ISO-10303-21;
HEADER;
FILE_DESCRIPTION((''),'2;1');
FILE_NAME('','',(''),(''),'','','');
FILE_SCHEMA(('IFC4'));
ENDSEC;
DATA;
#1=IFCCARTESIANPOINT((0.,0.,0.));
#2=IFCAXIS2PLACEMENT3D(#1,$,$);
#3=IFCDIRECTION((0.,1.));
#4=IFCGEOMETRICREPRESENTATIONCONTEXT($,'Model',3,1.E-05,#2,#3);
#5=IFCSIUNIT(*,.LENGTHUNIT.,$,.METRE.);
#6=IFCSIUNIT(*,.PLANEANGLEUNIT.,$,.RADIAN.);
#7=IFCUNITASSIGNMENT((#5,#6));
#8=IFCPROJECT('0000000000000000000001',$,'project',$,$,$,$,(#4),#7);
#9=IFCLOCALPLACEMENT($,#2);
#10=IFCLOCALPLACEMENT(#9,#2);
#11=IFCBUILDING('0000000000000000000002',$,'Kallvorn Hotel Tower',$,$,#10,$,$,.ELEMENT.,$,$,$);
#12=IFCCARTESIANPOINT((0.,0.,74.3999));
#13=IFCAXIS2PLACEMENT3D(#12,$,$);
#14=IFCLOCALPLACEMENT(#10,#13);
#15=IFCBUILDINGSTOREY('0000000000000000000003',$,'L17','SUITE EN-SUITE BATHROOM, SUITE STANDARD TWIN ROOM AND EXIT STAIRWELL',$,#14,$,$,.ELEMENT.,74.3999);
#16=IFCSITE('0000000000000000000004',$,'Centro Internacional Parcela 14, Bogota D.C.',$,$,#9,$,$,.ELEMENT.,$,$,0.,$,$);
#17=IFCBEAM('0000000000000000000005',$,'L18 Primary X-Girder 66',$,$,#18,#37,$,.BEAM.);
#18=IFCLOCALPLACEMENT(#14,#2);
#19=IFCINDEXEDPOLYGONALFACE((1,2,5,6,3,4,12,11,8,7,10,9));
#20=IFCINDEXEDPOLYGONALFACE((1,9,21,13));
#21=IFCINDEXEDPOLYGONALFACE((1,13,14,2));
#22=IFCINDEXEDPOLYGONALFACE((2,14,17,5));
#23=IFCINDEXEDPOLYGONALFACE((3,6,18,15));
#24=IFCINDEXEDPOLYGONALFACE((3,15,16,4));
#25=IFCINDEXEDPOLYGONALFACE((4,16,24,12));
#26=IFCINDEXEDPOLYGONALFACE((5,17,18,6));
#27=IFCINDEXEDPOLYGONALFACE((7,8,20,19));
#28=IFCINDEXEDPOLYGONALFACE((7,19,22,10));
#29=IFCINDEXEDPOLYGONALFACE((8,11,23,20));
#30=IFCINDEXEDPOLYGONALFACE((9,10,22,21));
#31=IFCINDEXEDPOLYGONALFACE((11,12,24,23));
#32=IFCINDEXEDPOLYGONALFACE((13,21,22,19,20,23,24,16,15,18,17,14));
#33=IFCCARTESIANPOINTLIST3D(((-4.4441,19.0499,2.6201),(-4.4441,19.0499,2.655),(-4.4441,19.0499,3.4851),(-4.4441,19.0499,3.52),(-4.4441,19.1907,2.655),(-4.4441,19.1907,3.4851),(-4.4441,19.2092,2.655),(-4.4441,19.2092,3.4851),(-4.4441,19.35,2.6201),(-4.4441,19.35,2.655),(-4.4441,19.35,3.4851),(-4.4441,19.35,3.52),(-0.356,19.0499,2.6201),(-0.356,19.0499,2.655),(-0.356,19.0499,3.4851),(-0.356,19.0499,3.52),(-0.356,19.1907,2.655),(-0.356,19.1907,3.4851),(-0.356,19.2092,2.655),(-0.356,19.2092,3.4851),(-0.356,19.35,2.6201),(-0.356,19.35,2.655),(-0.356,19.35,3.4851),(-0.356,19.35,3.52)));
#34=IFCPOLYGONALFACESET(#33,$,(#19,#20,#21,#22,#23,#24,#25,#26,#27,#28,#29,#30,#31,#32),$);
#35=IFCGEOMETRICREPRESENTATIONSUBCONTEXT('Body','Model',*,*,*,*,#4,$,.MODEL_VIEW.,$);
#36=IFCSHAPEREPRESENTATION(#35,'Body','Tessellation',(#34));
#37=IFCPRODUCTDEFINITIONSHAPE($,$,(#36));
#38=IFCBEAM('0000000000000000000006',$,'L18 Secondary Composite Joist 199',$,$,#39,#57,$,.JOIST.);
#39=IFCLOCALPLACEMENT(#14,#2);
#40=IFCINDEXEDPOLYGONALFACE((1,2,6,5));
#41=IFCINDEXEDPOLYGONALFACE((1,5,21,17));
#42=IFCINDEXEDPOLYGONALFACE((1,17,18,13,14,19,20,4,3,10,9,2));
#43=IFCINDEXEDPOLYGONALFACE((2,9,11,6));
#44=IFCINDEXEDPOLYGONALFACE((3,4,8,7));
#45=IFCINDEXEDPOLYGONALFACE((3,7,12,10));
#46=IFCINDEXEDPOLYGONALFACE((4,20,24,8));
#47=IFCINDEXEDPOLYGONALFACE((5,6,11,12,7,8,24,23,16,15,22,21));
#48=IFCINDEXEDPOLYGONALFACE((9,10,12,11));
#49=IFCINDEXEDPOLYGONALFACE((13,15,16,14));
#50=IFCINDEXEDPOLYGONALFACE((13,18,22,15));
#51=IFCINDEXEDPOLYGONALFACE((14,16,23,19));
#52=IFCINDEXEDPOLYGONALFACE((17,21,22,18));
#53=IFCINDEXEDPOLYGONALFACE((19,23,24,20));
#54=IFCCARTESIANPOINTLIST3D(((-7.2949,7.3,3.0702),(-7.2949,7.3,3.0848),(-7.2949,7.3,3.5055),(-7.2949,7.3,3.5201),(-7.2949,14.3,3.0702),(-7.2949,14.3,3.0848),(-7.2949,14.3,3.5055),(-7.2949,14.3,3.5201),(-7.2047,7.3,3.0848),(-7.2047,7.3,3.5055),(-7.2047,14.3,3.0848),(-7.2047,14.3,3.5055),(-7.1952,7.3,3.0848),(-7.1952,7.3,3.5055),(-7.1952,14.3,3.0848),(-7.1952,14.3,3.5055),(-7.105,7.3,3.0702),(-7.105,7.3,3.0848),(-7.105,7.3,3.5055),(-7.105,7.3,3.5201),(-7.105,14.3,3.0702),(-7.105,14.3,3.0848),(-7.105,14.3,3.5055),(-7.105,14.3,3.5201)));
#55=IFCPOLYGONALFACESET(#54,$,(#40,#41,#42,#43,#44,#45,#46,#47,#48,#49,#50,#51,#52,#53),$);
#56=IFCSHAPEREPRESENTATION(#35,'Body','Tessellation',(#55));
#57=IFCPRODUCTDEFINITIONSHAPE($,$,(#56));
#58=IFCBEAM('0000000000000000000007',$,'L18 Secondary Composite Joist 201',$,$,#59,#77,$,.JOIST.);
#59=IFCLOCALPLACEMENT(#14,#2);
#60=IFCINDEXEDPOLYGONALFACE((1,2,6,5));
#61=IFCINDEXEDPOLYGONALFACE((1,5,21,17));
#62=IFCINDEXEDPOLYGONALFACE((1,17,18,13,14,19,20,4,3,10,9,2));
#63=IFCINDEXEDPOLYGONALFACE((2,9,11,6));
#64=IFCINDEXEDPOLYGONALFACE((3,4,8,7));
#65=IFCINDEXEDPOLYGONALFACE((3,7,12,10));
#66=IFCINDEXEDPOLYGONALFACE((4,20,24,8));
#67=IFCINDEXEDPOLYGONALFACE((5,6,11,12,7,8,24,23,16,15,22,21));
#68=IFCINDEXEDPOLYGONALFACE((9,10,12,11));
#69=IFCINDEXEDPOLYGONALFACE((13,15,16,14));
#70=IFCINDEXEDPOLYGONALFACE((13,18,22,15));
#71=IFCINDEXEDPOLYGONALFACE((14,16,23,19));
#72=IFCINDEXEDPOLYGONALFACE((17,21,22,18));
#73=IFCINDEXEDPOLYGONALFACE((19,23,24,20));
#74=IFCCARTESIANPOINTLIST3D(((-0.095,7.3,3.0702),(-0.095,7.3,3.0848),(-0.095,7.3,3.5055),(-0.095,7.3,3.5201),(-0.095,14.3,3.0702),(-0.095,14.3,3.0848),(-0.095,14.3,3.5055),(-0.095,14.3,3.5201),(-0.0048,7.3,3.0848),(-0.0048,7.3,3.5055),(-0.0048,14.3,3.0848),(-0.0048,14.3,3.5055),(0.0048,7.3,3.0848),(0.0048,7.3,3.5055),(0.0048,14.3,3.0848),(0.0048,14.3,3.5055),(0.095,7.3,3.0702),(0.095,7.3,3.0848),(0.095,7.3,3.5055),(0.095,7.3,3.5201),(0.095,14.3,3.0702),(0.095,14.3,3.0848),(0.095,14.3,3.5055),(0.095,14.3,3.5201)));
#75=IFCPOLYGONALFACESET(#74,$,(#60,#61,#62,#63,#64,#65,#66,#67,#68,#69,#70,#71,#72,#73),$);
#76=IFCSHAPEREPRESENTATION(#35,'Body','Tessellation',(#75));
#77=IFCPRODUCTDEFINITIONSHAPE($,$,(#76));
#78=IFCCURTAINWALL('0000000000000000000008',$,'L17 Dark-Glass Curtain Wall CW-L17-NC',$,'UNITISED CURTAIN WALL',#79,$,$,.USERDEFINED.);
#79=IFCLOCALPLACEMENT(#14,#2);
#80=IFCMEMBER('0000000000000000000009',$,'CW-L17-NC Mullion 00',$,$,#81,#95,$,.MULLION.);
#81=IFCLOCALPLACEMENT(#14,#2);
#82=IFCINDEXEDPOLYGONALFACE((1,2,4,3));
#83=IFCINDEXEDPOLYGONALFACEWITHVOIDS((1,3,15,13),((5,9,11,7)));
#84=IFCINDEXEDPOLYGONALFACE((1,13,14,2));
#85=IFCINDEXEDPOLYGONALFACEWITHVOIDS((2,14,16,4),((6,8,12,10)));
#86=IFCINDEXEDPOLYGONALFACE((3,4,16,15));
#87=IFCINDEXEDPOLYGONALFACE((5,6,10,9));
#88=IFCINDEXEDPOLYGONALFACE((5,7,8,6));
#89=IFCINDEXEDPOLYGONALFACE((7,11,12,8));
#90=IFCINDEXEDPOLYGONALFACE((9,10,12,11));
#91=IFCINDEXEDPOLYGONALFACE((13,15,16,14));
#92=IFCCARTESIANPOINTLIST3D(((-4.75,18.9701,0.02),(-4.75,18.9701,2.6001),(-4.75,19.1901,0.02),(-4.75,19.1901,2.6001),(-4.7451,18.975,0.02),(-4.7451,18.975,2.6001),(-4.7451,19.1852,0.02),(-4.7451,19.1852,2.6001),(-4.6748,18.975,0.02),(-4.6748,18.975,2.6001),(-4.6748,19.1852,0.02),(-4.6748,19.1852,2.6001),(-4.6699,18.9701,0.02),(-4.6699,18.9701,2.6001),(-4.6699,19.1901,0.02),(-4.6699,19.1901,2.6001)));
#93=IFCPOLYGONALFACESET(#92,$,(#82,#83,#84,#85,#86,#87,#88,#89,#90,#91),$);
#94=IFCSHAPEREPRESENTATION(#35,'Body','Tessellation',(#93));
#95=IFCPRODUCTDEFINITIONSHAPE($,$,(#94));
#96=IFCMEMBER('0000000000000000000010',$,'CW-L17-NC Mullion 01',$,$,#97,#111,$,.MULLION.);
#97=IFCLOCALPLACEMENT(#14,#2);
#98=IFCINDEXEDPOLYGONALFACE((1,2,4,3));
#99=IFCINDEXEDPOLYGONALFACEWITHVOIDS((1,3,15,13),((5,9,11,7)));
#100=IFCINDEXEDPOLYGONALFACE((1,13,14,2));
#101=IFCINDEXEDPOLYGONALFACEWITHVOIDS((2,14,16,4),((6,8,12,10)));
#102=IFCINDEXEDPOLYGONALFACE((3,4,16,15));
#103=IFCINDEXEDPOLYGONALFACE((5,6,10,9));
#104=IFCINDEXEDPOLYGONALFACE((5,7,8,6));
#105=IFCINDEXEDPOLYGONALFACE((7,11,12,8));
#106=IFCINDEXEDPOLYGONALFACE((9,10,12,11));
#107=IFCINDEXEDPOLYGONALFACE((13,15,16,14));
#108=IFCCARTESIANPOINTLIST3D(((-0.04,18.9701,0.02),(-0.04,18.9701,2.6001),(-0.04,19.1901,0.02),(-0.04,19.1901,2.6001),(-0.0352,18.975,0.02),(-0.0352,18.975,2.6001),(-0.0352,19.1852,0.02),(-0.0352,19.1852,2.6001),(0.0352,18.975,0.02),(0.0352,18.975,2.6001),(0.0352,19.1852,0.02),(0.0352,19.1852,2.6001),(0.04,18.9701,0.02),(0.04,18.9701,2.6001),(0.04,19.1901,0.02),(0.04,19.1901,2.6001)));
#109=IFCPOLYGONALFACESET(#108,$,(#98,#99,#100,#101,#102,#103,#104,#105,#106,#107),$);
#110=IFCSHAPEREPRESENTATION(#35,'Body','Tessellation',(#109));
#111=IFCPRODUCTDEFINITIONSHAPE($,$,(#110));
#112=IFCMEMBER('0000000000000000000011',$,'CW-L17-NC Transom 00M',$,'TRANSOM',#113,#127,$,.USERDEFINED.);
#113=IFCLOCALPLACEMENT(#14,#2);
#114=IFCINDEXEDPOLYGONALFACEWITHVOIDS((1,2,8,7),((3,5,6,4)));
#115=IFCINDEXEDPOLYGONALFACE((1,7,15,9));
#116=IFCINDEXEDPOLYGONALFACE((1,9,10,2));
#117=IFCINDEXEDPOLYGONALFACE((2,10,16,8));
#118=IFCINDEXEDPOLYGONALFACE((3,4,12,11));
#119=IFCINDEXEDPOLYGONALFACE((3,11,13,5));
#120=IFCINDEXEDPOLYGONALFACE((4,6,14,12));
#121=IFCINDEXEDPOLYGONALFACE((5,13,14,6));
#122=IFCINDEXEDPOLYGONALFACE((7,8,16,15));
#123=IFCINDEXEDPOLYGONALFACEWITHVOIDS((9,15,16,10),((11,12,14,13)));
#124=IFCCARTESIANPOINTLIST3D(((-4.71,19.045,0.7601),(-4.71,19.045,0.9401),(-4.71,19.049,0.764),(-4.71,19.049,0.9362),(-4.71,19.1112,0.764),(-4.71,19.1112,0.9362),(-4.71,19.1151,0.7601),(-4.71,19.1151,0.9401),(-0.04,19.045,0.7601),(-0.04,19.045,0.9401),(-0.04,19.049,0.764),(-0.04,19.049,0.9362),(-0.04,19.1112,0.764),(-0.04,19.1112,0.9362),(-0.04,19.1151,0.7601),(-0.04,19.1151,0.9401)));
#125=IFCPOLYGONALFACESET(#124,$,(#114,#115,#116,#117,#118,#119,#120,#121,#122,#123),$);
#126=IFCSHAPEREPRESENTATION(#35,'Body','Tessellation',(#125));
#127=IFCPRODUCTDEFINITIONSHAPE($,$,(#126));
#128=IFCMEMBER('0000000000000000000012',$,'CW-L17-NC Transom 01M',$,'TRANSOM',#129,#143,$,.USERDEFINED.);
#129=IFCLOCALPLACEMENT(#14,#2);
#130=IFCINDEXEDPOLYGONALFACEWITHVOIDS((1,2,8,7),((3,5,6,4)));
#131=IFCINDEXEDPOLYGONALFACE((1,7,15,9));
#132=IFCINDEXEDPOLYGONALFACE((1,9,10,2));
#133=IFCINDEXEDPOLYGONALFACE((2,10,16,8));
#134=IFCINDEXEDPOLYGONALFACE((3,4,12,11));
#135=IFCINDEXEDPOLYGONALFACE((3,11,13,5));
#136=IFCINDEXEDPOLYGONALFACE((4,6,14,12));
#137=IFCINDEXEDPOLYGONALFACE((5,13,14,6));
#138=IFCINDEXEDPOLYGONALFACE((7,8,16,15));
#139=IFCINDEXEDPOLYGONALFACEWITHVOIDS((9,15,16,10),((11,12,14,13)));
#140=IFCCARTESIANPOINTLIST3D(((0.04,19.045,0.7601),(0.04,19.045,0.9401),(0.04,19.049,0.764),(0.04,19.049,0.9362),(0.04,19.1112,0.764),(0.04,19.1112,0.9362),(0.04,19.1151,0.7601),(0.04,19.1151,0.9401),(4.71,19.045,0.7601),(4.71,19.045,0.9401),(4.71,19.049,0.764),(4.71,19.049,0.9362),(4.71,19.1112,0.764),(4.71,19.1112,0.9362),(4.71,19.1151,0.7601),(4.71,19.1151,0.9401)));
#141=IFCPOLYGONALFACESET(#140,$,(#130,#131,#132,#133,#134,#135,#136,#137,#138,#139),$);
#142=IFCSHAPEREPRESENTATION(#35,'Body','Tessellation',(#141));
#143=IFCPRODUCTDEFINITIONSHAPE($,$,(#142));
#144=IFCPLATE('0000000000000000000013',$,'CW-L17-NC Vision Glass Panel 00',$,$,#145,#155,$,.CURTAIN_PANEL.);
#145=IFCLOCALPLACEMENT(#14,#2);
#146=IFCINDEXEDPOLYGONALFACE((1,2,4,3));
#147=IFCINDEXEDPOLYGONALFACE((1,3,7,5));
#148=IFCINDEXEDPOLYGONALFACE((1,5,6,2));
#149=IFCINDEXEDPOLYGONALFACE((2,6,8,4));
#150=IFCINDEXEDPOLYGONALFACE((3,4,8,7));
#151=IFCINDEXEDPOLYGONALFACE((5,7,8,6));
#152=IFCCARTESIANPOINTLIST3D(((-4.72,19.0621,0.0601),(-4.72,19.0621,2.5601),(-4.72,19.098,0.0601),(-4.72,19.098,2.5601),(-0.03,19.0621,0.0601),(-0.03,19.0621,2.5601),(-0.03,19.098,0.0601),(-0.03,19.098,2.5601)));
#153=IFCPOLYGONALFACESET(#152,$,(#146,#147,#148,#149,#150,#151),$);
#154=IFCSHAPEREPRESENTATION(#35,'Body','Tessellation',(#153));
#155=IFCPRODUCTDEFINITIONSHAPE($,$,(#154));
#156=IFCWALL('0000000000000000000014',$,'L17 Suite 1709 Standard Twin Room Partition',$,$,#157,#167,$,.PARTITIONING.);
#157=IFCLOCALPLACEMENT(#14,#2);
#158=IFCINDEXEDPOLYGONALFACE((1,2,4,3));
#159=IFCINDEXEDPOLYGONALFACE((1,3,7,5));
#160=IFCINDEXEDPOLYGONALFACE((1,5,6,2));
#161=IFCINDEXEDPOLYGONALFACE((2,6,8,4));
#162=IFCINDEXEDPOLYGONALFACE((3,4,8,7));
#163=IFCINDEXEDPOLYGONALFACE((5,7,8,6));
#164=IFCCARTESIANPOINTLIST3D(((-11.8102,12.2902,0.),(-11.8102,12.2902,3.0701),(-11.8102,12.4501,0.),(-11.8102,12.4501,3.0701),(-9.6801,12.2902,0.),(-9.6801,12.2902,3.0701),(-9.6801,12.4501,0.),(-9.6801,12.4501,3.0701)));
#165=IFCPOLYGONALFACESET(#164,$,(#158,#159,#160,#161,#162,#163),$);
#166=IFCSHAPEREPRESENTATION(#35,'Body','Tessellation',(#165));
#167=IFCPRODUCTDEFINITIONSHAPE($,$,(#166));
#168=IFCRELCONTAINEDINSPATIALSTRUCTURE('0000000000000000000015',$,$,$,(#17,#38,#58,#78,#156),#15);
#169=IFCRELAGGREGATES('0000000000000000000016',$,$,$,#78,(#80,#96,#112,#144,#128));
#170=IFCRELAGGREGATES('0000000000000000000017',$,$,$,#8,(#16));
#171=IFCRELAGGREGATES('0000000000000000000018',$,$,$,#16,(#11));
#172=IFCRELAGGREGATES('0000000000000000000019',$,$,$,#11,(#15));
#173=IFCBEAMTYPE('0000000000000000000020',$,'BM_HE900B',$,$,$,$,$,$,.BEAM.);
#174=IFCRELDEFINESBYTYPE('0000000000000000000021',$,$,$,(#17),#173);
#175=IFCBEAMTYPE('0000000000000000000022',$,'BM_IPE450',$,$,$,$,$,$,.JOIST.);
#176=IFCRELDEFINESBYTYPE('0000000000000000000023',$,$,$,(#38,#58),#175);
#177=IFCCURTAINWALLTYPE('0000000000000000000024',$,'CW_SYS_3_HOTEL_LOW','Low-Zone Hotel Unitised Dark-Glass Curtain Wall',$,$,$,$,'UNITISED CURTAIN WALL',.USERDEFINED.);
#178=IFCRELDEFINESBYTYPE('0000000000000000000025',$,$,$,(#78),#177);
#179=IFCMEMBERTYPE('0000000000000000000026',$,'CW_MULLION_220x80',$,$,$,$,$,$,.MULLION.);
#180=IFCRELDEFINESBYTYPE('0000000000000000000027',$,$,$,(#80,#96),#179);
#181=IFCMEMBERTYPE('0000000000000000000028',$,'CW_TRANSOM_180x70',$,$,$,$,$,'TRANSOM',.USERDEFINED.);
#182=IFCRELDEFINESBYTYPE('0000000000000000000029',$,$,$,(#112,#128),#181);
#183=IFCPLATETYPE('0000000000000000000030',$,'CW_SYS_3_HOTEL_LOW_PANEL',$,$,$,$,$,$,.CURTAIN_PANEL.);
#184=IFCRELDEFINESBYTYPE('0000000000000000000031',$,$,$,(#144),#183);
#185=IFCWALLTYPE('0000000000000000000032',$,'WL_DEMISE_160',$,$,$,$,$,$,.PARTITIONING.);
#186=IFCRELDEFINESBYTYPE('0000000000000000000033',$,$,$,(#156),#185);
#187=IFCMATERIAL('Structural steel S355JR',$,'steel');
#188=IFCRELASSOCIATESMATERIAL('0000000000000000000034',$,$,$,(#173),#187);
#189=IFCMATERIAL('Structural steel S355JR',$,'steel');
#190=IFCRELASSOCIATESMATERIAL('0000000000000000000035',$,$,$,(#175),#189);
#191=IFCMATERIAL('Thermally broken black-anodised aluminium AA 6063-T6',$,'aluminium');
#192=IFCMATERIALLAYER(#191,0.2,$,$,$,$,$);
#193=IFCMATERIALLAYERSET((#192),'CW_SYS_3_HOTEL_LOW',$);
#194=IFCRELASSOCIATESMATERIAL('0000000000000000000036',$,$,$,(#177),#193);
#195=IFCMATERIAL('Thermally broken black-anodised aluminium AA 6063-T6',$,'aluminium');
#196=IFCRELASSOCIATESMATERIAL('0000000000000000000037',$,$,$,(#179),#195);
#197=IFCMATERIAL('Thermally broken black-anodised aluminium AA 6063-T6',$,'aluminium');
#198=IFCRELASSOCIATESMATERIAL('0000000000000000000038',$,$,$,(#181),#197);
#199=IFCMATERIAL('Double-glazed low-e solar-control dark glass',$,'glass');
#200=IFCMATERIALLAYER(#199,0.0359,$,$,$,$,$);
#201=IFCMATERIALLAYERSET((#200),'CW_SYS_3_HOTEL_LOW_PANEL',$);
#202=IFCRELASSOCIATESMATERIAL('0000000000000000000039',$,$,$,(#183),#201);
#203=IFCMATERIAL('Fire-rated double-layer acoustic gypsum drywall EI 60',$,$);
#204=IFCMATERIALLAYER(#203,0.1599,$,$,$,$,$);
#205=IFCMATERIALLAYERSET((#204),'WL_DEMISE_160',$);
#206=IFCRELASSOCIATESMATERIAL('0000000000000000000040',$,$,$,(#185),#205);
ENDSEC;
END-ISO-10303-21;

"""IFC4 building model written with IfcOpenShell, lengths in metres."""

from ifc_helpers import new_model, si_unit, direction, frame, frame_2d, origin, origin_2d, place, context, subcontext, project, spatial, rectangle, hollow_rectangle, i_section, extrude, material, layer, layer_set, material_profile, profile_set, type_object, element, aggregate, save


model = new_model("IFC4")

# Units and contexts
model_context = context("Model", 3, precision=1e-05, world=origin(), true_north=direction((0.0, 1.0)))
body_context = subcontext(model_context, "Body", "Model", "MODEL_VIEW")
ifc_project = project(units=[si_unit("LENGTHUNIT", "METRE"), si_unit("PLANEANGLEUNIT", "RADIAN")], contexts=[model_context])

# Site, building, storey
site_placement = place(None, origin())
site = spatial("IfcSite", under=ifc_project, at=site_placement, Name="Centro Internacional Parcela 14, Bogota D.C.", CompositionType="ELEMENT", RefElevation=0.0)
building_placement = place(site_placement, origin())
building = spatial("IfcBuilding", under=site, at=building_placement, Name="Kallvorn Hotel Tower", CompositionType="ELEMENT")
storey_placement = place(building_placement, frame((0.0, 0.0, 74.3999)))
storey = spatial("IfcBuildingStorey", under=building, at=storey_placement, Name="L17", Description="SUITE EN-SUITE BATHROOM, SUITE STANDARD TWIN ROOM AND EXIT STAIRWELL", CompositionType="ELEMENT", Elevation=74.3999)

# Beams
ifc_material_1 = material(Name="Structural steel S355JR", Category="steel")
ifc_material_profile_1 = material_profile(ifc_material_1, i_section(OverallWidth=0.3, OverallDepth=0.8999, WebThickness=0.0186, FlangeThickness=0.0349, at=origin_2d()), Name="HE 900 B")
ifc_profile_set_1 = profile_set([ifc_material_profile_1], Name="Structural steel S355JR")
beam_type_1 = type_object("IfcBeamType", Name="BM_HE900B", PredefinedType="BEAM", material=ifc_profile_set_1)
beam_1_placement = place(storey_placement, frame((-4.4441, 19.2, 3.0701), z_axis=(1.0, 0.0, 0.0), x_axis=(0.0, 1.0, 0.0)))
element("IfcBeam", 1, at=beam_1_placement, inside=storey, type_object=beam_type_1, Name="L18 Primary X-Girder 66", PredefinedType="BEAM", context=body_context, shape_type="SweptSolid", body=[
    extrude(i_section(OverallWidth=0.3, OverallDepth=0.8999, WebThickness=0.0186, FlangeThickness=0.0349, at=origin_2d()), origin(), (0.0, 0.0, 1.0), 4.0881),
])
ifc_material_2 = material(Name="Structural steel S355JR", Category="steel")
ifc_material_profile_2 = material_profile(ifc_material_2, i_section(OverallWidth=0.1899, OverallDepth=0.45, WebThickness=0.0095, FlangeThickness=0.0146, at=origin_2d()), Name="IPE 450")
ifc_profile_set_2 = profile_set([ifc_material_profile_2], Name="Structural steel S355JR")
beam_type_2 = type_object("IfcBeamType", Name="BM_IPE450", PredefinedType="JOIST", material=ifc_profile_set_2)
for number, where, z_axis, x_axis, name in (
    (2, (-7.2, 7.3, 3.2952), (0.0, 1.0, 0.0), (-1.0, 0.0, 0.0), "L18 Secondary Composite Joist 199"),
    (3, (0.0, 7.3, 3.2952), (0.0, 1.0, 0.0), (-1.0, 0.0, 0.0), "L18 Secondary Composite Joist 201"),
):
    element("IfcBeam", number, at=place(storey_placement, frame(where, z_axis=z_axis, x_axis=x_axis)), inside=storey, type_object=beam_type_2, Name=name, PredefinedType="JOIST", context=body_context, shape_type="SweptSolid", body=[
        extrude(i_section(OverallWidth=0.1899, OverallDepth=0.45, WebThickness=0.0095, FlangeThickness=0.0146, at=origin_2d()), origin(), (0.0, 0.0, 1.0), 7.0),
    ])

# Curtain wall, members, plate
ifc_material_3 = material(Name="Thermally broken black-anodised aluminium AA 6063-T6", Category="aluminium")
ifc_layer_1 = layer(ifc_material_3, 0.2)
ifc_layer_set_1 = layer_set([ifc_layer_1], Name="CW_SYS_3_HOTEL_LOW")
curtain_wall_type = type_object("IfcCurtainWallType", Name="CW_SYS_3_HOTEL_LOW", Description="Low-Zone Hotel Unitised Dark-Glass Curtain Wall", ElementType="UNITISED CURTAIN WALL", PredefinedType="USERDEFINED", material=ifc_layer_set_1)
curtain_wall_placement = place(storey_placement, origin())
curtain_wall = element("IfcCurtainWall", 4, at=curtain_wall_placement, inside=storey, type_object=curtain_wall_type, Name="L17 Dark-Glass Curtain Wall CW-L17-NC", ObjectType="UNITISED CURTAIN WALL", PredefinedType="USERDEFINED")
ifc_material_4 = material(Name="Thermally broken black-anodised aluminium AA 6063-T6", Category="aluminium")
ifc_material_profile_3 = material_profile(ifc_material_4, hollow_rectangle(XDim=0.0801, YDim=0.22, WallThickness=0.0049, at=origin_2d()), Name="MUL 220x80")
ifc_profile_set_3 = profile_set([ifc_material_profile_3], Name="Thermally broken black-anodised aluminium AA 6063-T6")
member_type_1 = type_object("IfcMemberType", Name="CW_MULLION_220x80", PredefinedType="MULLION", material=ifc_profile_set_3)
member_1_placement = place(storey_placement, frame((-4.71, 19.0801, 0.02), z_axis=(0.0, 0.0, 1.0), x_axis=(1.0, 0.0, 0.0)))
member_1 = element("IfcMember", 5, at=member_1_placement, type_object=member_type_1, Name="CW-L17-NC Mullion 00", PredefinedType="MULLION", context=body_context, shape_type="SweptSolid", body=[
    extrude(hollow_rectangle(XDim=0.0801, YDim=0.22, WallThickness=0.0049, at=origin_2d()), origin(), (0.0, 0.0, 1.0), 2.5801),
])
member_2_placement = place(storey_placement, frame((0.0, 19.0801, 0.02), z_axis=(0.0, 0.0, 1.0), x_axis=(1.0, 0.0, 0.0)))
member_2 = element("IfcMember", 6, at=member_2_placement, type_object=member_type_1, Name="CW-L17-NC Mullion 01", PredefinedType="MULLION", context=body_context, shape_type="SweptSolid", body=[
    extrude(hollow_rectangle(XDim=0.0801, YDim=0.22, WallThickness=0.0049, at=origin_2d()), origin(), (0.0, 0.0, 1.0), 2.5801),
])
ifc_material_5 = material(Name="Thermally broken black-anodised aluminium AA 6063-T6", Category="aluminium")
ifc_material_profile_4 = material_profile(ifc_material_5, hollow_rectangle(XDim=0.0701, YDim=0.1799, WallThickness=0.0039, at=origin_2d()), Name="TRN 180x70")
ifc_profile_set_4 = profile_set([ifc_material_profile_4], Name="Thermally broken black-anodised aluminium AA 6063-T6")
member_type_2 = type_object("IfcMemberType", Name="CW_TRANSOM_180x70", ElementType="TRANSOM", PredefinedType="USERDEFINED", material=ifc_profile_set_4)
member_3_placement = place(storey_placement, frame((-4.71, 19.0801, 0.8501), z_axis=(1.0, 0.0, 0.0), x_axis=(0.0, 1.0, 0.0)))
member_3 = element("IfcMember", 7, at=member_3_placement, type_object=member_type_2, Name="CW-L17-NC Transom 00M", ObjectType="TRANSOM", PredefinedType="USERDEFINED", context=body_context, shape_type="SweptSolid", body=[
    extrude(hollow_rectangle(XDim=0.0701, YDim=0.1799, WallThickness=0.0039, at=origin_2d()), origin(), (0.0, 0.0, 1.0), 4.6699),
])
member_4_placement = place(storey_placement, frame((0.04, 19.0801, 0.8501), z_axis=(1.0, 0.0, 0.0), x_axis=(0.0, 1.0, 0.0)))
member_4 = element("IfcMember", 8, at=member_4_placement, type_object=member_type_2, Name="CW-L17-NC Transom 01M", ObjectType="TRANSOM", PredefinedType="USERDEFINED", context=body_context, shape_type="SweptSolid", body=[
    extrude(hollow_rectangle(XDim=0.0701, YDim=0.1799, WallThickness=0.0039, at=origin_2d()), origin(), (0.0, 0.0, 1.0), 4.6699),
])
ifc_material_6 = material(Name="Double-glazed low-e solar-control dark glass", Category="glass")
ifc_layer_2 = layer(ifc_material_6, 0.0359)
ifc_layer_set_2 = layer_set([ifc_layer_2], Name="CW_SYS_3_HOTEL_LOW_PANEL")
plate_type = type_object("IfcPlateType", Name="CW_SYS_3_HOTEL_LOW_PANEL", PredefinedType="CURTAIN_PANEL", material=ifc_layer_set_2)
plate_placement = place(storey_placement, frame((-2.375, 19.0801, 0.0601), z_axis=(0.0, 0.0, 1.0), x_axis=(1.0, 0.0, 0.0)))
plate = element("IfcPlate", 9, at=plate_placement, type_object=plate_type, Name="CW-L17-NC Vision Glass Panel 00", PredefinedType="CURTAIN_PANEL", context=body_context, shape_type="SweptSolid", body=[
    extrude(rectangle(XDim=4.6899, YDim=0.0359, at=origin_2d()), origin(), (0.0, 0.0, 1.0), 2.5),
])
aggregate(curtain_wall, [member_1, member_2, member_3, plate, member_4])

# Wall
ifc_material_7 = material(Name="Fire-rated double-layer acoustic gypsum drywall EI 60")
ifc_layer_3 = layer(ifc_material_7, 0.1599)
ifc_layer_set_3 = layer_set([ifc_layer_3], Name="WL_DEMISE_160")
wall_type = type_object("IfcWallType", Name="WL_DEMISE_160", PredefinedType="PARTITIONING", material=ifc_layer_set_3)
wall_1_placement = place(storey_placement, frame((-11.8101, 12.3701, 0.0), z_axis=(0.0, 0.0, 1.0), x_axis=(1.0, 0.0, 0.0)))
element("IfcWall", 10, at=wall_1_placement, inside=storey, type_object=wall_type, Name="L17 Suite 1709 Standard Twin Room Partition", PredefinedType="PARTITIONING", context=body_context, shape_type="SweptSolid", body=[
    extrude(rectangle(XDim=2.1301, YDim=0.1599, at=frame_2d((1.0649, 0.0))), origin(), (0.0, 0.0, 1.0), 3.0701),
])

save(model, "model.ifc")
